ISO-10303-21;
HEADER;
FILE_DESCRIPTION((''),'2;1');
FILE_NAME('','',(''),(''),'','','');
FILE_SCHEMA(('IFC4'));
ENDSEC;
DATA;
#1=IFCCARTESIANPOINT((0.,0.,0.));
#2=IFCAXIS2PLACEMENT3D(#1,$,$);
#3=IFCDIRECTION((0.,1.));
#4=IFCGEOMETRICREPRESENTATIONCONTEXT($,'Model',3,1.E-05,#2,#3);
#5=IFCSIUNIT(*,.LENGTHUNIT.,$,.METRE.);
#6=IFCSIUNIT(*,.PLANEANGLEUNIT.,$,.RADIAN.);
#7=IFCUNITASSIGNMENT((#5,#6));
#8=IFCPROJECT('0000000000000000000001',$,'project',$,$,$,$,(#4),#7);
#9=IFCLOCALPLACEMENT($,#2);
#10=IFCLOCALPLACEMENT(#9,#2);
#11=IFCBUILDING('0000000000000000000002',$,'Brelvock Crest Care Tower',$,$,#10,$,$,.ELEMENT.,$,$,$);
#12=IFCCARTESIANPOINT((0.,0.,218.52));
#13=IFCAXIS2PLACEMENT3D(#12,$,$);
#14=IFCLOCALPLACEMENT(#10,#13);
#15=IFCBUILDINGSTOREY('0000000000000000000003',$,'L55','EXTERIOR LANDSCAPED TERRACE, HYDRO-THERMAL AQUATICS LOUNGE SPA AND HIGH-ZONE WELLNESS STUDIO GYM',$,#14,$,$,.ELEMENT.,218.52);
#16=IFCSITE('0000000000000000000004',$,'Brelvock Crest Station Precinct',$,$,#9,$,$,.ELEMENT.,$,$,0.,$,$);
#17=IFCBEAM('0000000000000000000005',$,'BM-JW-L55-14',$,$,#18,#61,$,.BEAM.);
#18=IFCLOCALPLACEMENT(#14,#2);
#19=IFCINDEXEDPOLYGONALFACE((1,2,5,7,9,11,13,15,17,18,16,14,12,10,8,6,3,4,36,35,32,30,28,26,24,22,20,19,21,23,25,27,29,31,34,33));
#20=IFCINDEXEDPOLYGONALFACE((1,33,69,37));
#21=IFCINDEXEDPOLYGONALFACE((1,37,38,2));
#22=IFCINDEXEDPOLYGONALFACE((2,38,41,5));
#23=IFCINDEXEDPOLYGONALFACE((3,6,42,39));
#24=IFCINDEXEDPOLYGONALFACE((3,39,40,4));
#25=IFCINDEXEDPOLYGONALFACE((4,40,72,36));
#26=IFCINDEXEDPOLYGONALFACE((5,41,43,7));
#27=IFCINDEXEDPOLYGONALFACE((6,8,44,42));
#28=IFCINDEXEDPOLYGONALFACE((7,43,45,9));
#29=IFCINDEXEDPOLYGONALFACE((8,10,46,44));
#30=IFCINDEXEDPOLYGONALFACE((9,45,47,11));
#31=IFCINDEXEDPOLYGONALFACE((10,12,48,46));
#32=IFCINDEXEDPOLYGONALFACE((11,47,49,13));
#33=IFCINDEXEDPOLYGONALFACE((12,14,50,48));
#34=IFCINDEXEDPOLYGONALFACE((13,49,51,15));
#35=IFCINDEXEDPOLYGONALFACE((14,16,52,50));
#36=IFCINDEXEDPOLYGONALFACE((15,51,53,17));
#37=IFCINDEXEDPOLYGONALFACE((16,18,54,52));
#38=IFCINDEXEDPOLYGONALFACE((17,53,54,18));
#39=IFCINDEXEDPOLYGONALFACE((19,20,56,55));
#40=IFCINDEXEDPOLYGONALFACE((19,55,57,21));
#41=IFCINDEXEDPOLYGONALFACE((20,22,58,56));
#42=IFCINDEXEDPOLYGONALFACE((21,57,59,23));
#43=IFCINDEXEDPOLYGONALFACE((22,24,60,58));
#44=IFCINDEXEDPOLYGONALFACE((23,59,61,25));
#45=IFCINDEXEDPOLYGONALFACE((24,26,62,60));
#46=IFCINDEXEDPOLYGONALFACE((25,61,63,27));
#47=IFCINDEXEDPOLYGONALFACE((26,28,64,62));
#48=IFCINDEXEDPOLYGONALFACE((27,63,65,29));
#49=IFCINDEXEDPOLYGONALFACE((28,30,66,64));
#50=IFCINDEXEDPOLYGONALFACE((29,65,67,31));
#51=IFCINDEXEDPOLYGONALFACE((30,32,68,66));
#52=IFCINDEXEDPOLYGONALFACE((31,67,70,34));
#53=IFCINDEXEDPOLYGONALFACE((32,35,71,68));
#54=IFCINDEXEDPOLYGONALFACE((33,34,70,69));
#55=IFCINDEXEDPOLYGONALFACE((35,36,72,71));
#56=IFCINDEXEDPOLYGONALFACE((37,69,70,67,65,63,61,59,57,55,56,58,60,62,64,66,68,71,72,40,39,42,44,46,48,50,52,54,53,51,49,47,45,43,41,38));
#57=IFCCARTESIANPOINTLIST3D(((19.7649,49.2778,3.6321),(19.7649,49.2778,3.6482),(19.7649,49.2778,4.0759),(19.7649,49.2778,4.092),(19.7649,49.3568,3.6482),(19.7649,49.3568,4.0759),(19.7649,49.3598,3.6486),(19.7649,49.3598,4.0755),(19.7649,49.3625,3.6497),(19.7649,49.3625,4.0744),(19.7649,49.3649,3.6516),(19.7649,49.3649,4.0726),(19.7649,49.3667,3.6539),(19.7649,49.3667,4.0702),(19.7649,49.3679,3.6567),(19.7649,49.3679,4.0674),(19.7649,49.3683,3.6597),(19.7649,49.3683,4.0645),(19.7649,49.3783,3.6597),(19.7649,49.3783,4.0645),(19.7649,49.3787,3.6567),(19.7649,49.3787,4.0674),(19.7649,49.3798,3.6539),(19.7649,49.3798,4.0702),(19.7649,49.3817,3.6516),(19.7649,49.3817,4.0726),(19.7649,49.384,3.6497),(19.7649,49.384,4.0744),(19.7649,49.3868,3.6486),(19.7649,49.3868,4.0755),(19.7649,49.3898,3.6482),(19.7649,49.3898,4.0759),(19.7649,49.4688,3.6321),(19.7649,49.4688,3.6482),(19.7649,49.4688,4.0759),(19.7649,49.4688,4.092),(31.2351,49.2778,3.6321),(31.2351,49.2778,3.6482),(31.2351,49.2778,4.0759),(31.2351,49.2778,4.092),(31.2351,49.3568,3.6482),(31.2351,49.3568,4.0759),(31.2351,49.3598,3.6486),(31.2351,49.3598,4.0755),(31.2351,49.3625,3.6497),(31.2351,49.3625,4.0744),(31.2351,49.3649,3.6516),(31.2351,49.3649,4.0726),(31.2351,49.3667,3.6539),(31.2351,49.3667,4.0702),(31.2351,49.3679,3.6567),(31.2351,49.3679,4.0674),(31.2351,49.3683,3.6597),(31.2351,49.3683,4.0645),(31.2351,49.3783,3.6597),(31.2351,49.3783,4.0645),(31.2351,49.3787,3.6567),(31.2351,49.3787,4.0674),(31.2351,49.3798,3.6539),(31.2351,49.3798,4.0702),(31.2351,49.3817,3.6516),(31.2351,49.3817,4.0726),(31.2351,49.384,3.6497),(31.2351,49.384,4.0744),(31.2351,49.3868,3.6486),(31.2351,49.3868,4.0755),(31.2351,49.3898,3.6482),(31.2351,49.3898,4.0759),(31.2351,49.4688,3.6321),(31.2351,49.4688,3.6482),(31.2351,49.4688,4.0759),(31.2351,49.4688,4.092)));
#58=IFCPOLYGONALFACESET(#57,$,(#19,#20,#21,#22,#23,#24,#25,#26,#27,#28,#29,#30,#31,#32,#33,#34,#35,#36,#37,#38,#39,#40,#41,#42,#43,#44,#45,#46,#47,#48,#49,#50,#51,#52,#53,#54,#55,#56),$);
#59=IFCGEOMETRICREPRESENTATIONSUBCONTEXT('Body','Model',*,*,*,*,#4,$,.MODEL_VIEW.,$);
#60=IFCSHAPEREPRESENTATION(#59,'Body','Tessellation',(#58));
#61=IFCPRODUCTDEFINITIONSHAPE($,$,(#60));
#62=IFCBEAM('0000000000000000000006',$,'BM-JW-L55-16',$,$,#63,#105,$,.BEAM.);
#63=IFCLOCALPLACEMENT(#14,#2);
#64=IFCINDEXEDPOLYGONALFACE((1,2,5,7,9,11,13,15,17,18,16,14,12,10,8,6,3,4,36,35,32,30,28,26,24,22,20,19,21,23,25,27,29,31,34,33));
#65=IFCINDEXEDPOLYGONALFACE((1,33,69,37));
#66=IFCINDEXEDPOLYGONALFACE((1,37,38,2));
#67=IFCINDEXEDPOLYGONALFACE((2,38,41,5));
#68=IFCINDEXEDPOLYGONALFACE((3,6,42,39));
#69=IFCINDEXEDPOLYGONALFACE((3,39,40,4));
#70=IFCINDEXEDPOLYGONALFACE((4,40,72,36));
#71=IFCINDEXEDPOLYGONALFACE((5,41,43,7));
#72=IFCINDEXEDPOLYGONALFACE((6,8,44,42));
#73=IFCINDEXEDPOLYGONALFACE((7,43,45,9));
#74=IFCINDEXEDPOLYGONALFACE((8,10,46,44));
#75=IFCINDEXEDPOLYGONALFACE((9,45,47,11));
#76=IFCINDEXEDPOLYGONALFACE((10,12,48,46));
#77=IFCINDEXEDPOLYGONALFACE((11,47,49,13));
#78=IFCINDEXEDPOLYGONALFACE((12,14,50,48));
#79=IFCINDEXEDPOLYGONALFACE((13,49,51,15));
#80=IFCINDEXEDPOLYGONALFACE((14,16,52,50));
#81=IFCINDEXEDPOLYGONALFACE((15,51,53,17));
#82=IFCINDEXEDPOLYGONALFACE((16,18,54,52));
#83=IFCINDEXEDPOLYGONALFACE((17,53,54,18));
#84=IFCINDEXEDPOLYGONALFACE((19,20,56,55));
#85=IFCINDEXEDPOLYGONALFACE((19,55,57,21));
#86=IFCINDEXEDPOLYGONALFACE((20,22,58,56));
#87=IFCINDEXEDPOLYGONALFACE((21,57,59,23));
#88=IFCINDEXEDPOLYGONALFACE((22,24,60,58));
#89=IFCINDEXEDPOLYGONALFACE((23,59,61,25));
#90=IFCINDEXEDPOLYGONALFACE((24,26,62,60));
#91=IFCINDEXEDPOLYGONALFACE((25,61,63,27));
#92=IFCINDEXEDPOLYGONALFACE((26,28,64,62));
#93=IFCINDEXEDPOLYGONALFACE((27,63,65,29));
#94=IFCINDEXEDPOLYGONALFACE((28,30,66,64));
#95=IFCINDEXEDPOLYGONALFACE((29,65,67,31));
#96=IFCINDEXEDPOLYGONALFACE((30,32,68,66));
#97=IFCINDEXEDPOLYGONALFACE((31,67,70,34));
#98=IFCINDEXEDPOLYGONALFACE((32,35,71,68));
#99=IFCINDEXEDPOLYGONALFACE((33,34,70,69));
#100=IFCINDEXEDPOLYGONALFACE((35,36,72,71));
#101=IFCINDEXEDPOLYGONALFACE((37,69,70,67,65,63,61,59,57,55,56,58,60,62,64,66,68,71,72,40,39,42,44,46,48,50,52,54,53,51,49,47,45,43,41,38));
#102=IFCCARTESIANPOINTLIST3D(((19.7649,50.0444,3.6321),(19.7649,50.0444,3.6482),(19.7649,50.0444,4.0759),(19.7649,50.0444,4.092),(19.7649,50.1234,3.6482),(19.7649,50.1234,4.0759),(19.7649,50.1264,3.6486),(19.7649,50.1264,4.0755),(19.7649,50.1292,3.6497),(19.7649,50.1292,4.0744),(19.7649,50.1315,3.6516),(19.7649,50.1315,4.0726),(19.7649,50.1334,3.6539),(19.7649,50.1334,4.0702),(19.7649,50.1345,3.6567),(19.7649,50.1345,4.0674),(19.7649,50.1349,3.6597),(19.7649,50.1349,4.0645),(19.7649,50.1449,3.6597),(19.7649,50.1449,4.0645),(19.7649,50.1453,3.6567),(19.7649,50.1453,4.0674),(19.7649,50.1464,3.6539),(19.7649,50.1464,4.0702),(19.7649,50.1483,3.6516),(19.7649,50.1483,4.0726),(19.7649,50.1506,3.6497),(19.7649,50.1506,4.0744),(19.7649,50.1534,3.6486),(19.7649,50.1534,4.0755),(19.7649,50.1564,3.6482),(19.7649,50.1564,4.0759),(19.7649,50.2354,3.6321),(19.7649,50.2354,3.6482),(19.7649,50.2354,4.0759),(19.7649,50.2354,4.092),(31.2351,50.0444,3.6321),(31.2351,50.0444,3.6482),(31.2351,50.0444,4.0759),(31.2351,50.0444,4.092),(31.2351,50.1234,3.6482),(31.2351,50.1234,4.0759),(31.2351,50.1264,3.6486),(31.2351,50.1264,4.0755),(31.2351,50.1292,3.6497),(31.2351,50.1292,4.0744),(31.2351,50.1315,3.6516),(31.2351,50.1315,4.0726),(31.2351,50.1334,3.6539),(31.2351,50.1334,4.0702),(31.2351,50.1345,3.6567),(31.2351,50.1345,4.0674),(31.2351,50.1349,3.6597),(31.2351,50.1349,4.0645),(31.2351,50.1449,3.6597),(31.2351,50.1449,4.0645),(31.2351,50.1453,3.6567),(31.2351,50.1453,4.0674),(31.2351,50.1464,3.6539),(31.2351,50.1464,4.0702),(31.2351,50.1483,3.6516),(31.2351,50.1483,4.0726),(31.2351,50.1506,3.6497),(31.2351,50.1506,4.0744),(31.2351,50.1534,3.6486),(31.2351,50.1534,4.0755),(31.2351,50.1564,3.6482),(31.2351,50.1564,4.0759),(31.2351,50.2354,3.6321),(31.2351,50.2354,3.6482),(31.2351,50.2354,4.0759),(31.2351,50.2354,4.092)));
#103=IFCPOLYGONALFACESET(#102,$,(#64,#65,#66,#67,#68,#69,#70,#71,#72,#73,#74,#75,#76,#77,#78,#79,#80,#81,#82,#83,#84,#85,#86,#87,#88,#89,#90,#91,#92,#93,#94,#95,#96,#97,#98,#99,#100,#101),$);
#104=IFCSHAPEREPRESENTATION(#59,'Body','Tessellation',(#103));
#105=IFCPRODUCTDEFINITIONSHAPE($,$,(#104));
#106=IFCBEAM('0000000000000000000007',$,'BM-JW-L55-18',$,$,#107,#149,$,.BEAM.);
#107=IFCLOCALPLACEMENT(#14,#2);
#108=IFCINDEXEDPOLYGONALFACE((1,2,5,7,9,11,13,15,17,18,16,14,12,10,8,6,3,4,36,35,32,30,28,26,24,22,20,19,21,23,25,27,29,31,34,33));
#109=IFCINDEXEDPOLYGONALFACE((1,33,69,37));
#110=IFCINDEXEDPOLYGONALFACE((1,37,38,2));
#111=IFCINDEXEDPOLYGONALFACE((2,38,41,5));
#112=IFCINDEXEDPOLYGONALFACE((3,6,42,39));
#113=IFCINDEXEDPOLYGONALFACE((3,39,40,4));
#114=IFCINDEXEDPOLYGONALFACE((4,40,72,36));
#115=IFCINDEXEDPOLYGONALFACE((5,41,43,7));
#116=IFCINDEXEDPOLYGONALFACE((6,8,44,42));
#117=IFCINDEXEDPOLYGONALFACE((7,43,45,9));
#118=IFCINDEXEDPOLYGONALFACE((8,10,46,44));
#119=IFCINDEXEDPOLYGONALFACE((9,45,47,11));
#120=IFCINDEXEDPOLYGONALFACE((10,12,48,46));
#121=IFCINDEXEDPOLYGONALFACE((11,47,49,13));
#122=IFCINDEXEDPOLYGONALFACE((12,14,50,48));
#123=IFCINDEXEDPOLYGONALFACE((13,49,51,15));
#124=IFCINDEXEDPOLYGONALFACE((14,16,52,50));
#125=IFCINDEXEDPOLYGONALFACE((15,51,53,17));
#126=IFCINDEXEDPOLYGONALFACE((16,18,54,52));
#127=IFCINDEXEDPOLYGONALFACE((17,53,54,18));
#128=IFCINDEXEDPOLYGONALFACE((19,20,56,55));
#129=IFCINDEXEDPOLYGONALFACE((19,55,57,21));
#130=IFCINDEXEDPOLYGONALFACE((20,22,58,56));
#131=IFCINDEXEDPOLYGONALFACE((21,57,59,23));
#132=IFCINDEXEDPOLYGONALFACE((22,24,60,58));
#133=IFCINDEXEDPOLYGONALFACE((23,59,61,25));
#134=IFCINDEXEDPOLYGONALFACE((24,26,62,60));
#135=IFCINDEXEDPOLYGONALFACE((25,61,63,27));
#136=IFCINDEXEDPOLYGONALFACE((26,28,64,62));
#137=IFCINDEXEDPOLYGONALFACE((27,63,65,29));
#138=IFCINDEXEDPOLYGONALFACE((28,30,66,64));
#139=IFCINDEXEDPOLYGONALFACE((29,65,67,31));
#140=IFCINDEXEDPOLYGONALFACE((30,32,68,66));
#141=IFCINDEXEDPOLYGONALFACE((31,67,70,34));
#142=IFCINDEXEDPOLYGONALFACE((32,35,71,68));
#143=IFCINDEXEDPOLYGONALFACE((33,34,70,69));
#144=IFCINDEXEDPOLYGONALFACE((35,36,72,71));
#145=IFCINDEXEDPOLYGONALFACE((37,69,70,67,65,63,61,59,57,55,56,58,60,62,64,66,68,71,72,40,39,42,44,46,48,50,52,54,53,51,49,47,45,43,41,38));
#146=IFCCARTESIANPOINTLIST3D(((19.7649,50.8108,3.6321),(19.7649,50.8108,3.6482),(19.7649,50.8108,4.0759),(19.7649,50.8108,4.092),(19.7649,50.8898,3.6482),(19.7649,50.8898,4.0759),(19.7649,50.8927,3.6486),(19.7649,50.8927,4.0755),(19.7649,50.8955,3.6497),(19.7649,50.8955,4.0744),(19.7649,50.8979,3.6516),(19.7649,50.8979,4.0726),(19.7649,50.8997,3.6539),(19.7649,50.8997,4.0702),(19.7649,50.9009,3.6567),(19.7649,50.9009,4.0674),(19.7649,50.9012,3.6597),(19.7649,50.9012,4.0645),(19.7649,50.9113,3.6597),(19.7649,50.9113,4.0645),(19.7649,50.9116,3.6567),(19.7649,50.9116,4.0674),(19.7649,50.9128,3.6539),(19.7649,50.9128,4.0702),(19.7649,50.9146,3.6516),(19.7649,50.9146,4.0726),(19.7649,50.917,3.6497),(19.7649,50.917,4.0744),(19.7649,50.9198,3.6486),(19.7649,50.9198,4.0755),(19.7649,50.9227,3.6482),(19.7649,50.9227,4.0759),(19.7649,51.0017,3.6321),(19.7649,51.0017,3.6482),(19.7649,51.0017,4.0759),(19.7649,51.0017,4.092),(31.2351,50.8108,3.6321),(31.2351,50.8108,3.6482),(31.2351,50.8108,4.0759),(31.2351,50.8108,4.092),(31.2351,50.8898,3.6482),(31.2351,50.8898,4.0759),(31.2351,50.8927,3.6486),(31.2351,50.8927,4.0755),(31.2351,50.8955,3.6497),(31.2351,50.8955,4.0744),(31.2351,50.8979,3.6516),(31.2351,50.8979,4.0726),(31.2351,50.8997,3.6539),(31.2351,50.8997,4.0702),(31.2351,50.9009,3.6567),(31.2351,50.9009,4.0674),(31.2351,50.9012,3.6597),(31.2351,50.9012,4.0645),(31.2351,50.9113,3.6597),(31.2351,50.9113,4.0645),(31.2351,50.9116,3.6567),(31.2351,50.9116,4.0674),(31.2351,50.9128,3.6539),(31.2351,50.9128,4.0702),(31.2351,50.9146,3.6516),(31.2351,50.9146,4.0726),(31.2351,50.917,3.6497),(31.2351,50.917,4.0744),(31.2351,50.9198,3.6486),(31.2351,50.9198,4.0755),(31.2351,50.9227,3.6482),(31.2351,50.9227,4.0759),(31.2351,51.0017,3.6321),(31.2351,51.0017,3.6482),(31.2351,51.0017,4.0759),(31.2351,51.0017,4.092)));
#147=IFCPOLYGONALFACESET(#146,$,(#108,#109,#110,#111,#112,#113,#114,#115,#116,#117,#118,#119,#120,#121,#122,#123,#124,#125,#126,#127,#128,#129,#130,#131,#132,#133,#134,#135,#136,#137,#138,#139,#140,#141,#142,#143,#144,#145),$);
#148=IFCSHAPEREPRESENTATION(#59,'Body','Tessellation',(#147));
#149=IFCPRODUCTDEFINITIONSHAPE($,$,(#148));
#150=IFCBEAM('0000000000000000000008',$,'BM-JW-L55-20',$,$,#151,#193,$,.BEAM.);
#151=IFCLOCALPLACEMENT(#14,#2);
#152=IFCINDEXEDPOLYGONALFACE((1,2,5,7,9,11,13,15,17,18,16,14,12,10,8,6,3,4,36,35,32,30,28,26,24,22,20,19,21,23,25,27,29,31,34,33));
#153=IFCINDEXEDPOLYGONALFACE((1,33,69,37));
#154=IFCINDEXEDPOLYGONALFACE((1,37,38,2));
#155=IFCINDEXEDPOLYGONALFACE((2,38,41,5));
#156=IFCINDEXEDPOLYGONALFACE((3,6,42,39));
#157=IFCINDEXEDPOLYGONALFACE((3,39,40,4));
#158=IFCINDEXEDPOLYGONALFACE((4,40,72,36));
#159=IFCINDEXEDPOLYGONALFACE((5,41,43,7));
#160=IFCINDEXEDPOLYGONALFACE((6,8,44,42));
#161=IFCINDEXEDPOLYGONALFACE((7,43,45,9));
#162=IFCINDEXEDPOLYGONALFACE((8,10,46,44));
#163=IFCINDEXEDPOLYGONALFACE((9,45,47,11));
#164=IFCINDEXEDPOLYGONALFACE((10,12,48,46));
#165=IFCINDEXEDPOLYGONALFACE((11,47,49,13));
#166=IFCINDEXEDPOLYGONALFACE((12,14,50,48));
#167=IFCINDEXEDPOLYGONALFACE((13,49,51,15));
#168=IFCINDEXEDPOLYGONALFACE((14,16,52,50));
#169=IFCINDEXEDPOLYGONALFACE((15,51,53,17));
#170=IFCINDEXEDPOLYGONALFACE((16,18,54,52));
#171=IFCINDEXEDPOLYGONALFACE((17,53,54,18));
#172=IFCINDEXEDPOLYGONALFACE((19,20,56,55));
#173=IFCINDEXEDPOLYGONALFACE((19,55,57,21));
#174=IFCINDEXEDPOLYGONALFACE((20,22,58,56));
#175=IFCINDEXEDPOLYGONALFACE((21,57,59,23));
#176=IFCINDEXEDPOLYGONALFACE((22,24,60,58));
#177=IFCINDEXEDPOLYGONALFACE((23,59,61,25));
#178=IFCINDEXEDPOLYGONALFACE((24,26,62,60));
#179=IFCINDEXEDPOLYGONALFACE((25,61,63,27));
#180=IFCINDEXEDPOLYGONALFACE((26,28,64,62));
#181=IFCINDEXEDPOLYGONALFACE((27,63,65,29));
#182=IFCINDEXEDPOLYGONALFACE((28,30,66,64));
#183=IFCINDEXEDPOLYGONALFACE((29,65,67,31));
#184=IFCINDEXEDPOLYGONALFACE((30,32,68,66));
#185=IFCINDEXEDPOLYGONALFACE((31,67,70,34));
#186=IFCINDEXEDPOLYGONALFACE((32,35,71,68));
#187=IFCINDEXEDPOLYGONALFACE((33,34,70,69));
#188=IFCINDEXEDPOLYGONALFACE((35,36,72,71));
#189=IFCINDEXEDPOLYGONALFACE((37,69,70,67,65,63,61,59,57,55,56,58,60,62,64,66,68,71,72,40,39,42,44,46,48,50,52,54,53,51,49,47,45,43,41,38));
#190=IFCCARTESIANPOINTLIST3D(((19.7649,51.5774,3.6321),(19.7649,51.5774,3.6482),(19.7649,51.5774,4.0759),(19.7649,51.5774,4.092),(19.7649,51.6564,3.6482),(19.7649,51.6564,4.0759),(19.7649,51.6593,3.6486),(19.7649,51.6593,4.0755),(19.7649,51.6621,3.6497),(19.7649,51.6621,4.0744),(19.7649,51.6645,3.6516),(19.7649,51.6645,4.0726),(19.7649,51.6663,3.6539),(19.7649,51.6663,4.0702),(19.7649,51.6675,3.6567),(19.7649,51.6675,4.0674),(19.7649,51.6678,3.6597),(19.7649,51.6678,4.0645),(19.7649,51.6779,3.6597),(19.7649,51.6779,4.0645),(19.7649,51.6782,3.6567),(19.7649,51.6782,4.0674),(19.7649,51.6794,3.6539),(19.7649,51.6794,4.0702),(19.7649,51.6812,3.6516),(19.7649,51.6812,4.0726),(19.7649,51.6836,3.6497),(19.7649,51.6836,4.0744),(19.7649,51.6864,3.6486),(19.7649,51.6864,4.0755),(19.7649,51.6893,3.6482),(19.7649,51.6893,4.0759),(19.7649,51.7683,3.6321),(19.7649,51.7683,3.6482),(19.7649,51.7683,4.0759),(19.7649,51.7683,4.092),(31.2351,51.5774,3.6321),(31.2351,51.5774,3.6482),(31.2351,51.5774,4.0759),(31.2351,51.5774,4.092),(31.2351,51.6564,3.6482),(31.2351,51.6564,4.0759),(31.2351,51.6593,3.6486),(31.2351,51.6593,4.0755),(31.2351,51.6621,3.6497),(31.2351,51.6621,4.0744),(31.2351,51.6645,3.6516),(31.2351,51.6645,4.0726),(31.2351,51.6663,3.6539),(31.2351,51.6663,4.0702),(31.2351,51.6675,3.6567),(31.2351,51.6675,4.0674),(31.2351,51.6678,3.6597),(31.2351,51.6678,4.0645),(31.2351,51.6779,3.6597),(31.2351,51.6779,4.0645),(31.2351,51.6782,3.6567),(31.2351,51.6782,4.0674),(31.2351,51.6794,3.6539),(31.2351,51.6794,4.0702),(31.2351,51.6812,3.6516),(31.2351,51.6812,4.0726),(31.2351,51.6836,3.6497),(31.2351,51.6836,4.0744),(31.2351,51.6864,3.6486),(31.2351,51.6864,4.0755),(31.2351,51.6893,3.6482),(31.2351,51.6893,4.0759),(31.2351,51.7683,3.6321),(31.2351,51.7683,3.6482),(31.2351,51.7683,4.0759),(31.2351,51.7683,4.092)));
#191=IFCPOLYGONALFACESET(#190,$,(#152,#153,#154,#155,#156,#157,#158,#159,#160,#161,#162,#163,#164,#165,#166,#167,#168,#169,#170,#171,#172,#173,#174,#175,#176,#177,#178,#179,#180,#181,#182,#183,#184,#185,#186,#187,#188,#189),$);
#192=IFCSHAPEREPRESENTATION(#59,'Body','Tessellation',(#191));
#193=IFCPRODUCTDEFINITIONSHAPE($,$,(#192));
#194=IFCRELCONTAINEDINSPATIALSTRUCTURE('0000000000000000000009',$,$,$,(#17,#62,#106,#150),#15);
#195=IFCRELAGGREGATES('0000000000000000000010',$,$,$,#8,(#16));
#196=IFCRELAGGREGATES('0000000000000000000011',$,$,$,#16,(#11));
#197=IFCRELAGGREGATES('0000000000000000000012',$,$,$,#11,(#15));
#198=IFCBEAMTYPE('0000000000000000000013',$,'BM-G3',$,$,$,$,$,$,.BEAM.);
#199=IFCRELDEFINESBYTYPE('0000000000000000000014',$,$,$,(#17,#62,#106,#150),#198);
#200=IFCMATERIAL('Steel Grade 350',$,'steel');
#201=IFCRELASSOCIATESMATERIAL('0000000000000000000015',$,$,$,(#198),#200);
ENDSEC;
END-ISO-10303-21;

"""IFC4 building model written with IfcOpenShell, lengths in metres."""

from ifc_helpers import new_model, si_unit, direction, frame, origin, origin_2d, place, context, subcontext, project, spatial, i_section, extrude, source, transform, mapped, material, material_profile, profile_set, type_object, element, save


model = new_model("IFC4")

# Units and contexts
model_context = context("Model", 3, precision=1e-05, world=origin(), true_north=direction((0.0, 1.0)))
body_context = subcontext(model_context, "Body", "Model", "MODEL_VIEW")
ifc_project = project(units=[si_unit("LENGTHUNIT", "METRE"), si_unit("PLANEANGLEUNIT", "RADIAN")], contexts=[model_context])

# Site, building, storey
site_placement = place(None, origin())
site = spatial("IfcSite", under=ifc_project, at=site_placement, Name="Brelvock Crest Station Precinct", CompositionType="ELEMENT", RefElevation=0.0)
building_placement = place(site_placement, origin())
building = spatial("IfcBuilding", under=site, at=building_placement, Name="Brelvock Crest Care Tower", CompositionType="ELEMENT")
storey_placement = place(building_placement, frame((0.0, 0.0, 218.52)))
storey = spatial("IfcBuildingStorey", under=building, at=storey_placement, Name="L55", Description="EXTERIOR LANDSCAPED TERRACE, HYDRO-THERMAL AQUATICS LOUNGE SPA AND HIGH-ZONE WELLNESS STUDIO GYM", CompositionType="ELEMENT", Elevation=218.52)

# Beams
ifc_material = material(Name="Steel Grade 350", Category="steel")
ifc_material_profile_1 = material_profile(ifc_material, i_section(OverallWidth=0.1909, OverallDepth=0.46, WebThickness=0.01, FlangeThickness=0.0161, FilletRadius=0.0115, at=origin_2d()), Name="460UB82.1")
ifc_profile_set_1 = profile_set([ifc_material_profile_1], Name="Steel Grade 350")
beam_type_1 = type_object("IfcBeamType", Name="BM-G3", PredefinedType="BEAM", material=ifc_profile_set_1)
shared_shape_1 = source(origin(), body_context, "Body", "SweptSolid", [
    extrude(i_section(OverallWidth=0.1909, OverallDepth=0.46, WebThickness=0.01, FlangeThickness=0.0161, FilletRadius=0.0115, at=origin_2d()), origin(), (0.0, 0.0, 1.0), 11.4702),
])
for number, where, z_axis, x_axis, name in (
    (1, (19.7649, 49.3733, 3.8621), (1.0, 0.0, 0.0), (0.0, 1.0, 0.0), "BM-JW-L55-14"),
    (2, (19.7649, 50.1399, 3.8621), (1.0, 0.0, 0.0), (0.0, 1.0, 0.0), "BM-JW-L55-16"),
    (3, (19.7649, 50.9062, 3.8621), (1.0, 0.0, 0.0), (0.0, 1.0, 0.0), "BM-JW-L55-18"),
    (4, (19.7649, 51.6729, 3.8621), (1.0, 0.0, 0.0), (0.0, 1.0, 0.0), "BM-JW-L55-20"),
):
    element("IfcBeam", number, at=place(storey_placement, frame(where, z_axis=z_axis, x_axis=x_axis)), inside=storey, type_object=beam_type_1, Name=name, PredefinedType="BEAM", context=body_context, shape_type="MappedRepresentation", body=[
        mapped(shared_shape_1, transform((0.0, 0.0, 0.0), x_axis=(1.0, 0.0, 0.0), y_axis=(0.0, 1.0, 0.0), z_axis=(0.0, 0.0, 1.0), scale=1.0)),
    ])

save(model, "model.ifc")
